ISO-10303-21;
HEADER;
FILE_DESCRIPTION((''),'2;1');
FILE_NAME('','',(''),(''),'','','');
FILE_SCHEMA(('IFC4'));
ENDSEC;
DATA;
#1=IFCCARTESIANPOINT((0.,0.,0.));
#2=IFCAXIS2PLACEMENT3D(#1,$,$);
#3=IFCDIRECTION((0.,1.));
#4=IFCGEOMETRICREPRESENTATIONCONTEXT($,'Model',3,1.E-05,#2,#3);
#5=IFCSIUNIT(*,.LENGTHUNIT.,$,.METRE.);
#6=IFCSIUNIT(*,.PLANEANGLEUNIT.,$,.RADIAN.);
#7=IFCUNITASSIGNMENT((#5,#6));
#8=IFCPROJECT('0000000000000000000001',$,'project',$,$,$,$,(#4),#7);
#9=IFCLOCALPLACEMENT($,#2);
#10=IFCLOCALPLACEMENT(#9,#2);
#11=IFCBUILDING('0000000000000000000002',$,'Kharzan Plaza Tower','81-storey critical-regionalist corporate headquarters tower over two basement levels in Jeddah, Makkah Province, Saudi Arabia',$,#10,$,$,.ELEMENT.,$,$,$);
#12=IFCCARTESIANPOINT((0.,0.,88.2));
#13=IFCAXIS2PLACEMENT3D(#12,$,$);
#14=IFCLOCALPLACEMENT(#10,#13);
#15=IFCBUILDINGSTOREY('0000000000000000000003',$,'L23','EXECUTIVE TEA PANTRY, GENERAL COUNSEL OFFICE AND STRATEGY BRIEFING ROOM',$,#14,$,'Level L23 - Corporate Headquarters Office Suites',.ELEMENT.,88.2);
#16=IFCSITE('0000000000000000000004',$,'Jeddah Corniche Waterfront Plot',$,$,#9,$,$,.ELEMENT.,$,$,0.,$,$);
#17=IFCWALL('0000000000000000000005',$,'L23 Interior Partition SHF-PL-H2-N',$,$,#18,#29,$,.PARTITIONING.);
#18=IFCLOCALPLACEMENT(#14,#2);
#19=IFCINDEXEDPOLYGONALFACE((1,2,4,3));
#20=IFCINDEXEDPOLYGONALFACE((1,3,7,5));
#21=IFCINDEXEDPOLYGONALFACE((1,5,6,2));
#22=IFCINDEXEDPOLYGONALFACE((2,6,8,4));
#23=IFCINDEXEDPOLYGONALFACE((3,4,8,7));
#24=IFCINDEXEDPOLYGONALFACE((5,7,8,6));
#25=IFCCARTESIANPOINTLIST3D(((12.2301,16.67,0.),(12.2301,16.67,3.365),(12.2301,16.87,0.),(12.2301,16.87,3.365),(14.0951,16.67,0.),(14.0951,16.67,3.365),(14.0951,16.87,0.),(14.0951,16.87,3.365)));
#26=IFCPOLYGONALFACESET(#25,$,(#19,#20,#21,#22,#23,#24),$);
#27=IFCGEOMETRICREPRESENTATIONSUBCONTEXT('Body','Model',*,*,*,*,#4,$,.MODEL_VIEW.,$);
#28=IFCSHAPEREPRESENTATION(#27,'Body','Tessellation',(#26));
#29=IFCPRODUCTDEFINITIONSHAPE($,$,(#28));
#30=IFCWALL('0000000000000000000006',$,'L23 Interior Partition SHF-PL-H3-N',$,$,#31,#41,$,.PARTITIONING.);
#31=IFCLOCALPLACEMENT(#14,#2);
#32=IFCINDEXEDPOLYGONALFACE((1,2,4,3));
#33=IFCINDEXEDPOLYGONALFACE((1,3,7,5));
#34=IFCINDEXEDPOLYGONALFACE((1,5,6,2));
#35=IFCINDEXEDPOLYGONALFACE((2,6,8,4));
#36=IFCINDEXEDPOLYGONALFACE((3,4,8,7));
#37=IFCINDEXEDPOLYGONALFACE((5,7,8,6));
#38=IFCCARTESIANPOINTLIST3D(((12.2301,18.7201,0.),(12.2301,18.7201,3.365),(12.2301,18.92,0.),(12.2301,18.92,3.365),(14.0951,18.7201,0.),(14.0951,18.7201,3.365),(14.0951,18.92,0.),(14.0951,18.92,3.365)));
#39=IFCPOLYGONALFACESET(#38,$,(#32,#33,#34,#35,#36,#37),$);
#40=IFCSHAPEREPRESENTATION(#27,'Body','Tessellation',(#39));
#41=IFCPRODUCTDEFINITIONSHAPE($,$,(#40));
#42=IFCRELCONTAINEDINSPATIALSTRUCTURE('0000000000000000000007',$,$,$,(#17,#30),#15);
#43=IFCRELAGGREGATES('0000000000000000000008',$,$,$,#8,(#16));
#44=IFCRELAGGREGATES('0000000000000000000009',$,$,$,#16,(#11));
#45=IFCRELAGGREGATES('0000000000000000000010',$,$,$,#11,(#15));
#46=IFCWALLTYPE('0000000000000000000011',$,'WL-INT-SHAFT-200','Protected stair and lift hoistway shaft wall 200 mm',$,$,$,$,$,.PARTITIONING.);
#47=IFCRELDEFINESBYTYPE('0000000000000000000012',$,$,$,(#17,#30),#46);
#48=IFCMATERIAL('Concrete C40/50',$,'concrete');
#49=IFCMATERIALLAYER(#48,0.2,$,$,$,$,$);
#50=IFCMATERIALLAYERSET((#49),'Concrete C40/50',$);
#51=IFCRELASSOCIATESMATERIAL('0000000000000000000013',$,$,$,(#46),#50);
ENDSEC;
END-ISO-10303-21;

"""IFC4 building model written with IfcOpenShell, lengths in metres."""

from ifc_helpers import new_model, si_unit, direction, frame, frame_2d, origin, place, context, subcontext, project, spatial, rectangle, extrude, source, transform, mapped, material, layer, layer_set, type_object, element, save


model = new_model("IFC4")

# Units and contexts
model_context = context("Model", 3, precision=1e-05, world=origin(), true_north=direction((0.0, 1.0)))
body_context = subcontext(model_context, "Body", "Model", "MODEL_VIEW")
ifc_project = project(units=[si_unit("LENGTHUNIT", "METRE"), si_unit("PLANEANGLEUNIT", "RADIAN")], contexts=[model_context])

# Site, building, storey
site_placement = place(None, origin())
site = spatial("IfcSite", under=ifc_project, at=site_placement, Name="Jeddah Corniche Waterfront Plot", CompositionType="ELEMENT", RefElevation=0.0)
building_placement = place(site_placement, origin())
building = spatial("IfcBuilding", under=site, at=building_placement, Name="Kharzan Plaza Tower", Description="81-storey critical-regionalist corporate headquarters tower over two basement levels in Jeddah, Makkah Province, Saudi Arabia", CompositionType="ELEMENT")
storey_placement = place(building_placement, frame((0.0, 0.0, 88.2)))
storey = spatial("IfcBuildingStorey", under=building, at=storey_placement, Name="L23", Description="EXECUTIVE TEA PANTRY, GENERAL COUNSEL OFFICE AND STRATEGY BRIEFING ROOM", LongName="Level L23 - Corporate Headquarters Office Suites", CompositionType="ELEMENT", Elevation=88.2)

# Shared definitions
ifc_material_1 = material(Name="Concrete C40/50", Category="concrete")
ifc_layer_1 = layer(ifc_material_1, 0.2)
ifc_layer_set_1 = layer_set([ifc_layer_1], Name="Concrete C40/50")
wall_type_1 = type_object("IfcWallType", Name="WL-INT-SHAFT-200", Description="Protected stair and lift hoistway shaft wall 200 mm", PredefinedType="PARTITIONING", material=ifc_layer_set_1)

# Walls
shared_shape_1 = source(origin(), body_context, "Body", "SweptSolid", [
    extrude(rectangle(XDim=1.865, YDim=0.2, at=frame_2d((0.9326, 0.0))), origin(), (0.0, 0.0, 1.0), 3.365),
])
for number, where, z_axis, x_axis, name in (
    (1, (12.23, 16.77, 0.0), (0.0, 0.0, 1.0), (1.0, 0.0, 0.0), "L23 Interior Partition SHF-PL-H2-N"),
    (2, (12.23, 18.8201, 0.0), (0.0, 0.0, 1.0), (1.0, 0.0, 0.0), "L23 Interior Partition SHF-PL-H3-N"),
):
    element("IfcWall", number, at=place(storey_placement, frame(where, z_axis=z_axis, x_axis=x_axis)), inside=storey, type_object=wall_type_1, Name=name, PredefinedType="PARTITIONING", context=body_context, shape_type="MappedRepresentation", body=[
        mapped(shared_shape_1, transform((0.0, 0.0, 0.0), x_axis=(1.0, 0.0, 0.0), y_axis=(0.0, 1.0, 0.0), z_axis=(0.0, 0.0, 1.0))),
    ])

save(model, "model.ifc")
